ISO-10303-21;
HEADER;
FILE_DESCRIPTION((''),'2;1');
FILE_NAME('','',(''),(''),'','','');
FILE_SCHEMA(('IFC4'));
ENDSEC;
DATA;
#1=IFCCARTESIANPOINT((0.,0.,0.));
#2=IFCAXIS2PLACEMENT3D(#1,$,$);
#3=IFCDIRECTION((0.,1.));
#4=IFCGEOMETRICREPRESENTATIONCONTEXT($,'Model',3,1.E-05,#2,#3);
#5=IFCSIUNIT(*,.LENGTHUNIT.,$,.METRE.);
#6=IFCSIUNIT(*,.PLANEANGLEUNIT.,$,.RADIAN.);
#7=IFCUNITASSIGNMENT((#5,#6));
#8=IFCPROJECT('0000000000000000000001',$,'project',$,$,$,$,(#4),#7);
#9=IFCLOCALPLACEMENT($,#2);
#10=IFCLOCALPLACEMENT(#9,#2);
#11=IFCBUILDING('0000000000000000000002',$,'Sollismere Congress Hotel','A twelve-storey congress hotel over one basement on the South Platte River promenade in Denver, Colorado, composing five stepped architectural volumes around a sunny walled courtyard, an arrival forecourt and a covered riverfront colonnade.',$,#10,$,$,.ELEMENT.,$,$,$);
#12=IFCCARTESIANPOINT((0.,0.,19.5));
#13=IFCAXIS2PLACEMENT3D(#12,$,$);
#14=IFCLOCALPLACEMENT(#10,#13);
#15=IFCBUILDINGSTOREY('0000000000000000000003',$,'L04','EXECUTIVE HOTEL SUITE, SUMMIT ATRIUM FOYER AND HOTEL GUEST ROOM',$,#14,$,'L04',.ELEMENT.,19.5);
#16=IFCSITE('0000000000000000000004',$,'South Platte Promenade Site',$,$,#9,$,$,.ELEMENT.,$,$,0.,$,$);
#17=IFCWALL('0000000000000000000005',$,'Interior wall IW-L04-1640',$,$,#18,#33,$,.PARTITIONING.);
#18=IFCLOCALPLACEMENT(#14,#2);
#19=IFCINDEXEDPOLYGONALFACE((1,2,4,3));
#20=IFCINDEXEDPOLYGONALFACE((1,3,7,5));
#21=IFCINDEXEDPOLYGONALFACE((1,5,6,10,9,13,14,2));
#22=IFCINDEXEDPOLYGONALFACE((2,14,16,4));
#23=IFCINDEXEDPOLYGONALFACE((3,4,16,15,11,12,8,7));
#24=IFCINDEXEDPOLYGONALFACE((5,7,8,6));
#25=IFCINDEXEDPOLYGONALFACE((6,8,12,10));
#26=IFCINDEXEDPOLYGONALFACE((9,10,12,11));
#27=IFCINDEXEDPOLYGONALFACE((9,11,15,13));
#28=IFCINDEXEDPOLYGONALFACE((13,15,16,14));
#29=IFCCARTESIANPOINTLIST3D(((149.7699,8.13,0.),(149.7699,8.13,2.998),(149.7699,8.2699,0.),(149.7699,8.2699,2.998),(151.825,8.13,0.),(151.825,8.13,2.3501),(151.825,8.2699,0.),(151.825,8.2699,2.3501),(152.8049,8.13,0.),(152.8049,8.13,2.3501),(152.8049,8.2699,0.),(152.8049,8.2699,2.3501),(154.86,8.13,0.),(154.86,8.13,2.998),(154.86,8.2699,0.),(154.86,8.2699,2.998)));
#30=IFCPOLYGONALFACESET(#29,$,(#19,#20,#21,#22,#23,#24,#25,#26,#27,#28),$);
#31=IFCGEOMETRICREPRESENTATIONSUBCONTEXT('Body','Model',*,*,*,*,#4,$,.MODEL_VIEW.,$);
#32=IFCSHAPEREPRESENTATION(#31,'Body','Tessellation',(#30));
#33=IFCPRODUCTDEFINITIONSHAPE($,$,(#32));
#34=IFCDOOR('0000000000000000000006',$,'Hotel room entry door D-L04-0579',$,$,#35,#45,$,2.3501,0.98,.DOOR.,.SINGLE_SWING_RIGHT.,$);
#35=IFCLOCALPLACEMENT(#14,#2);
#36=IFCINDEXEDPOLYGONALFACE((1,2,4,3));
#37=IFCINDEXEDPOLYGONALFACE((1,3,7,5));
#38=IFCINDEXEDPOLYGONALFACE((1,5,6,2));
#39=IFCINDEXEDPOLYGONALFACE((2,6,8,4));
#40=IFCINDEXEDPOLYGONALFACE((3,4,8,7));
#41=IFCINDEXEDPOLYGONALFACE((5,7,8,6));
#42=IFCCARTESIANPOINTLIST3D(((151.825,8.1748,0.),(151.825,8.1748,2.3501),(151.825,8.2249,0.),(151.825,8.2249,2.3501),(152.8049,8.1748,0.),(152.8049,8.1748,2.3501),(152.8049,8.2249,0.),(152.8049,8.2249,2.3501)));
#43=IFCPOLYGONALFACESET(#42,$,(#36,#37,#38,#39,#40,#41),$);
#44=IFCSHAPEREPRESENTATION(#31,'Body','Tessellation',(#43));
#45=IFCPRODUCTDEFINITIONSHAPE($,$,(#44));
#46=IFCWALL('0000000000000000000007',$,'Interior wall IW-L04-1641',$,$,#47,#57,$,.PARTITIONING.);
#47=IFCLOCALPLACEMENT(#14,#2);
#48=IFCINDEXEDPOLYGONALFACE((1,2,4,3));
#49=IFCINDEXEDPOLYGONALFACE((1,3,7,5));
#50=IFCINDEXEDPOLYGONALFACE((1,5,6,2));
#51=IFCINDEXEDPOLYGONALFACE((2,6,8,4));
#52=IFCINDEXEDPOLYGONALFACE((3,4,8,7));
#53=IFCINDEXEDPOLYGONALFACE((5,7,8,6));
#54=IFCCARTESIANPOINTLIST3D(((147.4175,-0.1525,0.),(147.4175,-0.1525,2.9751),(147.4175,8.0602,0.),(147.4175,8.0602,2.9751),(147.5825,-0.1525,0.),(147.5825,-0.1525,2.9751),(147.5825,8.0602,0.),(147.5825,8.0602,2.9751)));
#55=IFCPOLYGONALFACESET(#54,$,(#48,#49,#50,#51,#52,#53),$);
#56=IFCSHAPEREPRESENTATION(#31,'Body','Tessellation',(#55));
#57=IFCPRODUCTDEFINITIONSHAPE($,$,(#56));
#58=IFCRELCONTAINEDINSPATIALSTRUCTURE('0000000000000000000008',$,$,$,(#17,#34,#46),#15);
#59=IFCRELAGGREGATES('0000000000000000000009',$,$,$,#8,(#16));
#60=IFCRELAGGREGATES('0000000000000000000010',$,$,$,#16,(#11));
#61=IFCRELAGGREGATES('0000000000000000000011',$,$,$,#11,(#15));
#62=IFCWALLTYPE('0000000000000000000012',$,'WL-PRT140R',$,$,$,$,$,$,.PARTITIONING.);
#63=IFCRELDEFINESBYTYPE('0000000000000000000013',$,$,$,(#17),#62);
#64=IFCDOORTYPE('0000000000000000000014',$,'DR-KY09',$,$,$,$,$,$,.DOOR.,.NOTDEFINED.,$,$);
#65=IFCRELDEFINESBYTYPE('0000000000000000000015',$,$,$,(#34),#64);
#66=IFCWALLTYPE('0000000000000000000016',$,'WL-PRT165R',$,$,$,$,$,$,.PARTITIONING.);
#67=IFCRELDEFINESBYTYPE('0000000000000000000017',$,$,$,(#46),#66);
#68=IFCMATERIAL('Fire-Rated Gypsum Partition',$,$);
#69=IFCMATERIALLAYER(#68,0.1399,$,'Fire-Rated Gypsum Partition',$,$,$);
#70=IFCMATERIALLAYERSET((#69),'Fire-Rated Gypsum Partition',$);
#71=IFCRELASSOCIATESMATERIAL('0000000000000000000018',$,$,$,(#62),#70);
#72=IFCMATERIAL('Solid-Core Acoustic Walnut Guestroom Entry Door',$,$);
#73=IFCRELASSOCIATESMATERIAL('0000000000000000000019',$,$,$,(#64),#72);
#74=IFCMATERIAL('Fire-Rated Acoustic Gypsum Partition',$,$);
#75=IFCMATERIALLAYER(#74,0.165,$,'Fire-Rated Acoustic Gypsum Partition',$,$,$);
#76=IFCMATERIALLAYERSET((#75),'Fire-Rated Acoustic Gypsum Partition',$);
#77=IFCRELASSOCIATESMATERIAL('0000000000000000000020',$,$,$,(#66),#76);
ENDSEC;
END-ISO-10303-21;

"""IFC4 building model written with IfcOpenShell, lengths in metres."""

from ifc_helpers import new_model, si_unit, direction, frame, frame_2d, origin, place, context, subcontext, project, spatial, rectangle, extrude, material, layer, layer_set, type_object, element, fill, save


model = new_model("IFC4")

# Units and contexts
model_context = context("Model", 3, precision=1e-05, world=origin(), true_north=direction((0.0, 1.0)))
body_context = subcontext(model_context, "Body", "Model", "MODEL_VIEW")
ifc_project = project(units=[si_unit("LENGTHUNIT", "METRE"), si_unit("PLANEANGLEUNIT", "RADIAN")], contexts=[model_context])

# Site, building, storey
site_placement = place(None, origin())
site = spatial("IfcSite", under=ifc_project, at=site_placement, Name="South Platte Promenade Site", CompositionType="ELEMENT", RefElevation=0.0)
building_placement = place(site_placement, origin())
building = spatial("IfcBuilding", under=site, at=building_placement, Name="Sollismere Congress Hotel", Description="A twelve-storey congress hotel over one basement on the South Platte River promenade in Denver, Colorado, composing five stepped architectural volumes around a sunny walled courtyard, an arrival forecourt and a covered riverfront colonnade.", CompositionType="ELEMENT")
storey_placement = place(building_placement, frame((0.0, 0.0, 19.5)))
storey = spatial("IfcBuildingStorey", under=building, at=storey_placement, Name="L04", Description="EXECUTIVE HOTEL SUITE, SUMMIT ATRIUM FOYER AND HOTEL GUEST ROOM", LongName="L04", CompositionType="ELEMENT", Elevation=19.5)

# Shared definitions
ifc_material_1 = material(Name="Fire-Rated Gypsum Partition")
ifc_layer_1 = layer(ifc_material_1, 0.1399, Name="Fire-Rated Gypsum Partition")
ifc_layer_set_1 = layer_set([ifc_layer_1], Name="Fire-Rated Gypsum Partition")
wall_type_1 = type_object("IfcWallType", Name="WL-PRT140R", PredefinedType="PARTITIONING", material=ifc_layer_set_1)

# Wall, opening, door
wall_1_placement = place(storey_placement, frame((149.77, 8.2, 0.0), z_axis=(0.0, 0.0, 1.0), x_axis=(1.0, 0.0, 0.0)))
wall_1 = element("IfcWall", 1, at=wall_1_placement, inside=storey, type_object=wall_type_1, Name="Interior wall IW-L04-1640", PredefinedType="PARTITIONING", context=body_context, shape_type="SweptSolid", body=[
    extrude(rectangle(XDim=5.0901, YDim=0.1399, at=frame_2d((2.5449, 0.0))), origin(), (0.0, 0.0, 1.0), 2.998),
])
opening_1_placement = place(wall_1_placement, frame((2.0549, 0.0, 0.0)))
opening_1 = element("IfcOpeningElement", 2, at=opening_1_placement, cuts=wall_1, PredefinedType="OPENING", context=body_context, shape_type="SweptSolid", body=[
    extrude(rectangle(XDim=0.98, YDim=2.3501, at=frame_2d((0.49, 1.175))), frame((0.0, 0.0798, 0.0), z_axis=(0.0, -1.0, 0.0), x_axis=(1.0, 0.0, 0.0)), (0.0, 0.0, 1.0), 0.1599),
])
ifc_material_2 = material(Name="Solid-Core Acoustic Walnut Guestroom Entry Door")
door_type_1 = type_object("IfcDoorType", Name="DR-KY09", OperationType="NOTDEFINED", PredefinedType="DOOR", material=ifc_material_2)
door_1_placement = place(opening_1_placement, origin())
door_1 = element("IfcDoor", 3, at=door_1_placement, inside=storey, type_object=door_type_1, Name="Hotel room entry door D-L04-0579", OperationType="SINGLE_SWING_RIGHT", OverallHeight=2.3501, OverallWidth=0.98, PredefinedType="DOOR", context=body_context, shape_type="SweptSolid", body=[
    extrude(rectangle(XDim=0.98, YDim=2.3501, at=frame_2d((0.49, 1.175))), frame((0.0, 0.0249, 0.0), z_axis=(0.0, -1.0, 0.0), x_axis=(1.0, 0.0, 0.0)), (0.0, 0.0, 1.0), 0.05),
])
fill(opening_1, door_1)

# Wall
ifc_material_3 = material(Name="Fire-Rated Acoustic Gypsum Partition")
ifc_layer_2 = layer(ifc_material_3, 0.165, Name="Fire-Rated Acoustic Gypsum Partition")
ifc_layer_set_2 = layer_set([ifc_layer_2], Name="Fire-Rated Acoustic Gypsum Partition")
wall_type_2 = type_object("IfcWallType", Name="WL-PRT165R", PredefinedType="PARTITIONING", material=ifc_layer_set_2)
wall_2_placement = place(storey_placement, frame((147.5, -0.1526, 0.0), z_axis=(0.0, 0.0, 1.0), x_axis=(0.0, 1.0, 0.0)))
element("IfcWall", 4, at=wall_2_placement, inside=storey, type_object=wall_type_2, Name="Interior wall IW-L04-1641", PredefinedType="PARTITIONING", context=body_context, shape_type="SweptSolid", body=[
    extrude(rectangle(XDim=8.2126, YDim=0.165, at=frame_2d((4.1064, 0.0))), origin(), (0.0, 0.0, 1.0), 2.9751),
])

save(model, "model.ifc")
